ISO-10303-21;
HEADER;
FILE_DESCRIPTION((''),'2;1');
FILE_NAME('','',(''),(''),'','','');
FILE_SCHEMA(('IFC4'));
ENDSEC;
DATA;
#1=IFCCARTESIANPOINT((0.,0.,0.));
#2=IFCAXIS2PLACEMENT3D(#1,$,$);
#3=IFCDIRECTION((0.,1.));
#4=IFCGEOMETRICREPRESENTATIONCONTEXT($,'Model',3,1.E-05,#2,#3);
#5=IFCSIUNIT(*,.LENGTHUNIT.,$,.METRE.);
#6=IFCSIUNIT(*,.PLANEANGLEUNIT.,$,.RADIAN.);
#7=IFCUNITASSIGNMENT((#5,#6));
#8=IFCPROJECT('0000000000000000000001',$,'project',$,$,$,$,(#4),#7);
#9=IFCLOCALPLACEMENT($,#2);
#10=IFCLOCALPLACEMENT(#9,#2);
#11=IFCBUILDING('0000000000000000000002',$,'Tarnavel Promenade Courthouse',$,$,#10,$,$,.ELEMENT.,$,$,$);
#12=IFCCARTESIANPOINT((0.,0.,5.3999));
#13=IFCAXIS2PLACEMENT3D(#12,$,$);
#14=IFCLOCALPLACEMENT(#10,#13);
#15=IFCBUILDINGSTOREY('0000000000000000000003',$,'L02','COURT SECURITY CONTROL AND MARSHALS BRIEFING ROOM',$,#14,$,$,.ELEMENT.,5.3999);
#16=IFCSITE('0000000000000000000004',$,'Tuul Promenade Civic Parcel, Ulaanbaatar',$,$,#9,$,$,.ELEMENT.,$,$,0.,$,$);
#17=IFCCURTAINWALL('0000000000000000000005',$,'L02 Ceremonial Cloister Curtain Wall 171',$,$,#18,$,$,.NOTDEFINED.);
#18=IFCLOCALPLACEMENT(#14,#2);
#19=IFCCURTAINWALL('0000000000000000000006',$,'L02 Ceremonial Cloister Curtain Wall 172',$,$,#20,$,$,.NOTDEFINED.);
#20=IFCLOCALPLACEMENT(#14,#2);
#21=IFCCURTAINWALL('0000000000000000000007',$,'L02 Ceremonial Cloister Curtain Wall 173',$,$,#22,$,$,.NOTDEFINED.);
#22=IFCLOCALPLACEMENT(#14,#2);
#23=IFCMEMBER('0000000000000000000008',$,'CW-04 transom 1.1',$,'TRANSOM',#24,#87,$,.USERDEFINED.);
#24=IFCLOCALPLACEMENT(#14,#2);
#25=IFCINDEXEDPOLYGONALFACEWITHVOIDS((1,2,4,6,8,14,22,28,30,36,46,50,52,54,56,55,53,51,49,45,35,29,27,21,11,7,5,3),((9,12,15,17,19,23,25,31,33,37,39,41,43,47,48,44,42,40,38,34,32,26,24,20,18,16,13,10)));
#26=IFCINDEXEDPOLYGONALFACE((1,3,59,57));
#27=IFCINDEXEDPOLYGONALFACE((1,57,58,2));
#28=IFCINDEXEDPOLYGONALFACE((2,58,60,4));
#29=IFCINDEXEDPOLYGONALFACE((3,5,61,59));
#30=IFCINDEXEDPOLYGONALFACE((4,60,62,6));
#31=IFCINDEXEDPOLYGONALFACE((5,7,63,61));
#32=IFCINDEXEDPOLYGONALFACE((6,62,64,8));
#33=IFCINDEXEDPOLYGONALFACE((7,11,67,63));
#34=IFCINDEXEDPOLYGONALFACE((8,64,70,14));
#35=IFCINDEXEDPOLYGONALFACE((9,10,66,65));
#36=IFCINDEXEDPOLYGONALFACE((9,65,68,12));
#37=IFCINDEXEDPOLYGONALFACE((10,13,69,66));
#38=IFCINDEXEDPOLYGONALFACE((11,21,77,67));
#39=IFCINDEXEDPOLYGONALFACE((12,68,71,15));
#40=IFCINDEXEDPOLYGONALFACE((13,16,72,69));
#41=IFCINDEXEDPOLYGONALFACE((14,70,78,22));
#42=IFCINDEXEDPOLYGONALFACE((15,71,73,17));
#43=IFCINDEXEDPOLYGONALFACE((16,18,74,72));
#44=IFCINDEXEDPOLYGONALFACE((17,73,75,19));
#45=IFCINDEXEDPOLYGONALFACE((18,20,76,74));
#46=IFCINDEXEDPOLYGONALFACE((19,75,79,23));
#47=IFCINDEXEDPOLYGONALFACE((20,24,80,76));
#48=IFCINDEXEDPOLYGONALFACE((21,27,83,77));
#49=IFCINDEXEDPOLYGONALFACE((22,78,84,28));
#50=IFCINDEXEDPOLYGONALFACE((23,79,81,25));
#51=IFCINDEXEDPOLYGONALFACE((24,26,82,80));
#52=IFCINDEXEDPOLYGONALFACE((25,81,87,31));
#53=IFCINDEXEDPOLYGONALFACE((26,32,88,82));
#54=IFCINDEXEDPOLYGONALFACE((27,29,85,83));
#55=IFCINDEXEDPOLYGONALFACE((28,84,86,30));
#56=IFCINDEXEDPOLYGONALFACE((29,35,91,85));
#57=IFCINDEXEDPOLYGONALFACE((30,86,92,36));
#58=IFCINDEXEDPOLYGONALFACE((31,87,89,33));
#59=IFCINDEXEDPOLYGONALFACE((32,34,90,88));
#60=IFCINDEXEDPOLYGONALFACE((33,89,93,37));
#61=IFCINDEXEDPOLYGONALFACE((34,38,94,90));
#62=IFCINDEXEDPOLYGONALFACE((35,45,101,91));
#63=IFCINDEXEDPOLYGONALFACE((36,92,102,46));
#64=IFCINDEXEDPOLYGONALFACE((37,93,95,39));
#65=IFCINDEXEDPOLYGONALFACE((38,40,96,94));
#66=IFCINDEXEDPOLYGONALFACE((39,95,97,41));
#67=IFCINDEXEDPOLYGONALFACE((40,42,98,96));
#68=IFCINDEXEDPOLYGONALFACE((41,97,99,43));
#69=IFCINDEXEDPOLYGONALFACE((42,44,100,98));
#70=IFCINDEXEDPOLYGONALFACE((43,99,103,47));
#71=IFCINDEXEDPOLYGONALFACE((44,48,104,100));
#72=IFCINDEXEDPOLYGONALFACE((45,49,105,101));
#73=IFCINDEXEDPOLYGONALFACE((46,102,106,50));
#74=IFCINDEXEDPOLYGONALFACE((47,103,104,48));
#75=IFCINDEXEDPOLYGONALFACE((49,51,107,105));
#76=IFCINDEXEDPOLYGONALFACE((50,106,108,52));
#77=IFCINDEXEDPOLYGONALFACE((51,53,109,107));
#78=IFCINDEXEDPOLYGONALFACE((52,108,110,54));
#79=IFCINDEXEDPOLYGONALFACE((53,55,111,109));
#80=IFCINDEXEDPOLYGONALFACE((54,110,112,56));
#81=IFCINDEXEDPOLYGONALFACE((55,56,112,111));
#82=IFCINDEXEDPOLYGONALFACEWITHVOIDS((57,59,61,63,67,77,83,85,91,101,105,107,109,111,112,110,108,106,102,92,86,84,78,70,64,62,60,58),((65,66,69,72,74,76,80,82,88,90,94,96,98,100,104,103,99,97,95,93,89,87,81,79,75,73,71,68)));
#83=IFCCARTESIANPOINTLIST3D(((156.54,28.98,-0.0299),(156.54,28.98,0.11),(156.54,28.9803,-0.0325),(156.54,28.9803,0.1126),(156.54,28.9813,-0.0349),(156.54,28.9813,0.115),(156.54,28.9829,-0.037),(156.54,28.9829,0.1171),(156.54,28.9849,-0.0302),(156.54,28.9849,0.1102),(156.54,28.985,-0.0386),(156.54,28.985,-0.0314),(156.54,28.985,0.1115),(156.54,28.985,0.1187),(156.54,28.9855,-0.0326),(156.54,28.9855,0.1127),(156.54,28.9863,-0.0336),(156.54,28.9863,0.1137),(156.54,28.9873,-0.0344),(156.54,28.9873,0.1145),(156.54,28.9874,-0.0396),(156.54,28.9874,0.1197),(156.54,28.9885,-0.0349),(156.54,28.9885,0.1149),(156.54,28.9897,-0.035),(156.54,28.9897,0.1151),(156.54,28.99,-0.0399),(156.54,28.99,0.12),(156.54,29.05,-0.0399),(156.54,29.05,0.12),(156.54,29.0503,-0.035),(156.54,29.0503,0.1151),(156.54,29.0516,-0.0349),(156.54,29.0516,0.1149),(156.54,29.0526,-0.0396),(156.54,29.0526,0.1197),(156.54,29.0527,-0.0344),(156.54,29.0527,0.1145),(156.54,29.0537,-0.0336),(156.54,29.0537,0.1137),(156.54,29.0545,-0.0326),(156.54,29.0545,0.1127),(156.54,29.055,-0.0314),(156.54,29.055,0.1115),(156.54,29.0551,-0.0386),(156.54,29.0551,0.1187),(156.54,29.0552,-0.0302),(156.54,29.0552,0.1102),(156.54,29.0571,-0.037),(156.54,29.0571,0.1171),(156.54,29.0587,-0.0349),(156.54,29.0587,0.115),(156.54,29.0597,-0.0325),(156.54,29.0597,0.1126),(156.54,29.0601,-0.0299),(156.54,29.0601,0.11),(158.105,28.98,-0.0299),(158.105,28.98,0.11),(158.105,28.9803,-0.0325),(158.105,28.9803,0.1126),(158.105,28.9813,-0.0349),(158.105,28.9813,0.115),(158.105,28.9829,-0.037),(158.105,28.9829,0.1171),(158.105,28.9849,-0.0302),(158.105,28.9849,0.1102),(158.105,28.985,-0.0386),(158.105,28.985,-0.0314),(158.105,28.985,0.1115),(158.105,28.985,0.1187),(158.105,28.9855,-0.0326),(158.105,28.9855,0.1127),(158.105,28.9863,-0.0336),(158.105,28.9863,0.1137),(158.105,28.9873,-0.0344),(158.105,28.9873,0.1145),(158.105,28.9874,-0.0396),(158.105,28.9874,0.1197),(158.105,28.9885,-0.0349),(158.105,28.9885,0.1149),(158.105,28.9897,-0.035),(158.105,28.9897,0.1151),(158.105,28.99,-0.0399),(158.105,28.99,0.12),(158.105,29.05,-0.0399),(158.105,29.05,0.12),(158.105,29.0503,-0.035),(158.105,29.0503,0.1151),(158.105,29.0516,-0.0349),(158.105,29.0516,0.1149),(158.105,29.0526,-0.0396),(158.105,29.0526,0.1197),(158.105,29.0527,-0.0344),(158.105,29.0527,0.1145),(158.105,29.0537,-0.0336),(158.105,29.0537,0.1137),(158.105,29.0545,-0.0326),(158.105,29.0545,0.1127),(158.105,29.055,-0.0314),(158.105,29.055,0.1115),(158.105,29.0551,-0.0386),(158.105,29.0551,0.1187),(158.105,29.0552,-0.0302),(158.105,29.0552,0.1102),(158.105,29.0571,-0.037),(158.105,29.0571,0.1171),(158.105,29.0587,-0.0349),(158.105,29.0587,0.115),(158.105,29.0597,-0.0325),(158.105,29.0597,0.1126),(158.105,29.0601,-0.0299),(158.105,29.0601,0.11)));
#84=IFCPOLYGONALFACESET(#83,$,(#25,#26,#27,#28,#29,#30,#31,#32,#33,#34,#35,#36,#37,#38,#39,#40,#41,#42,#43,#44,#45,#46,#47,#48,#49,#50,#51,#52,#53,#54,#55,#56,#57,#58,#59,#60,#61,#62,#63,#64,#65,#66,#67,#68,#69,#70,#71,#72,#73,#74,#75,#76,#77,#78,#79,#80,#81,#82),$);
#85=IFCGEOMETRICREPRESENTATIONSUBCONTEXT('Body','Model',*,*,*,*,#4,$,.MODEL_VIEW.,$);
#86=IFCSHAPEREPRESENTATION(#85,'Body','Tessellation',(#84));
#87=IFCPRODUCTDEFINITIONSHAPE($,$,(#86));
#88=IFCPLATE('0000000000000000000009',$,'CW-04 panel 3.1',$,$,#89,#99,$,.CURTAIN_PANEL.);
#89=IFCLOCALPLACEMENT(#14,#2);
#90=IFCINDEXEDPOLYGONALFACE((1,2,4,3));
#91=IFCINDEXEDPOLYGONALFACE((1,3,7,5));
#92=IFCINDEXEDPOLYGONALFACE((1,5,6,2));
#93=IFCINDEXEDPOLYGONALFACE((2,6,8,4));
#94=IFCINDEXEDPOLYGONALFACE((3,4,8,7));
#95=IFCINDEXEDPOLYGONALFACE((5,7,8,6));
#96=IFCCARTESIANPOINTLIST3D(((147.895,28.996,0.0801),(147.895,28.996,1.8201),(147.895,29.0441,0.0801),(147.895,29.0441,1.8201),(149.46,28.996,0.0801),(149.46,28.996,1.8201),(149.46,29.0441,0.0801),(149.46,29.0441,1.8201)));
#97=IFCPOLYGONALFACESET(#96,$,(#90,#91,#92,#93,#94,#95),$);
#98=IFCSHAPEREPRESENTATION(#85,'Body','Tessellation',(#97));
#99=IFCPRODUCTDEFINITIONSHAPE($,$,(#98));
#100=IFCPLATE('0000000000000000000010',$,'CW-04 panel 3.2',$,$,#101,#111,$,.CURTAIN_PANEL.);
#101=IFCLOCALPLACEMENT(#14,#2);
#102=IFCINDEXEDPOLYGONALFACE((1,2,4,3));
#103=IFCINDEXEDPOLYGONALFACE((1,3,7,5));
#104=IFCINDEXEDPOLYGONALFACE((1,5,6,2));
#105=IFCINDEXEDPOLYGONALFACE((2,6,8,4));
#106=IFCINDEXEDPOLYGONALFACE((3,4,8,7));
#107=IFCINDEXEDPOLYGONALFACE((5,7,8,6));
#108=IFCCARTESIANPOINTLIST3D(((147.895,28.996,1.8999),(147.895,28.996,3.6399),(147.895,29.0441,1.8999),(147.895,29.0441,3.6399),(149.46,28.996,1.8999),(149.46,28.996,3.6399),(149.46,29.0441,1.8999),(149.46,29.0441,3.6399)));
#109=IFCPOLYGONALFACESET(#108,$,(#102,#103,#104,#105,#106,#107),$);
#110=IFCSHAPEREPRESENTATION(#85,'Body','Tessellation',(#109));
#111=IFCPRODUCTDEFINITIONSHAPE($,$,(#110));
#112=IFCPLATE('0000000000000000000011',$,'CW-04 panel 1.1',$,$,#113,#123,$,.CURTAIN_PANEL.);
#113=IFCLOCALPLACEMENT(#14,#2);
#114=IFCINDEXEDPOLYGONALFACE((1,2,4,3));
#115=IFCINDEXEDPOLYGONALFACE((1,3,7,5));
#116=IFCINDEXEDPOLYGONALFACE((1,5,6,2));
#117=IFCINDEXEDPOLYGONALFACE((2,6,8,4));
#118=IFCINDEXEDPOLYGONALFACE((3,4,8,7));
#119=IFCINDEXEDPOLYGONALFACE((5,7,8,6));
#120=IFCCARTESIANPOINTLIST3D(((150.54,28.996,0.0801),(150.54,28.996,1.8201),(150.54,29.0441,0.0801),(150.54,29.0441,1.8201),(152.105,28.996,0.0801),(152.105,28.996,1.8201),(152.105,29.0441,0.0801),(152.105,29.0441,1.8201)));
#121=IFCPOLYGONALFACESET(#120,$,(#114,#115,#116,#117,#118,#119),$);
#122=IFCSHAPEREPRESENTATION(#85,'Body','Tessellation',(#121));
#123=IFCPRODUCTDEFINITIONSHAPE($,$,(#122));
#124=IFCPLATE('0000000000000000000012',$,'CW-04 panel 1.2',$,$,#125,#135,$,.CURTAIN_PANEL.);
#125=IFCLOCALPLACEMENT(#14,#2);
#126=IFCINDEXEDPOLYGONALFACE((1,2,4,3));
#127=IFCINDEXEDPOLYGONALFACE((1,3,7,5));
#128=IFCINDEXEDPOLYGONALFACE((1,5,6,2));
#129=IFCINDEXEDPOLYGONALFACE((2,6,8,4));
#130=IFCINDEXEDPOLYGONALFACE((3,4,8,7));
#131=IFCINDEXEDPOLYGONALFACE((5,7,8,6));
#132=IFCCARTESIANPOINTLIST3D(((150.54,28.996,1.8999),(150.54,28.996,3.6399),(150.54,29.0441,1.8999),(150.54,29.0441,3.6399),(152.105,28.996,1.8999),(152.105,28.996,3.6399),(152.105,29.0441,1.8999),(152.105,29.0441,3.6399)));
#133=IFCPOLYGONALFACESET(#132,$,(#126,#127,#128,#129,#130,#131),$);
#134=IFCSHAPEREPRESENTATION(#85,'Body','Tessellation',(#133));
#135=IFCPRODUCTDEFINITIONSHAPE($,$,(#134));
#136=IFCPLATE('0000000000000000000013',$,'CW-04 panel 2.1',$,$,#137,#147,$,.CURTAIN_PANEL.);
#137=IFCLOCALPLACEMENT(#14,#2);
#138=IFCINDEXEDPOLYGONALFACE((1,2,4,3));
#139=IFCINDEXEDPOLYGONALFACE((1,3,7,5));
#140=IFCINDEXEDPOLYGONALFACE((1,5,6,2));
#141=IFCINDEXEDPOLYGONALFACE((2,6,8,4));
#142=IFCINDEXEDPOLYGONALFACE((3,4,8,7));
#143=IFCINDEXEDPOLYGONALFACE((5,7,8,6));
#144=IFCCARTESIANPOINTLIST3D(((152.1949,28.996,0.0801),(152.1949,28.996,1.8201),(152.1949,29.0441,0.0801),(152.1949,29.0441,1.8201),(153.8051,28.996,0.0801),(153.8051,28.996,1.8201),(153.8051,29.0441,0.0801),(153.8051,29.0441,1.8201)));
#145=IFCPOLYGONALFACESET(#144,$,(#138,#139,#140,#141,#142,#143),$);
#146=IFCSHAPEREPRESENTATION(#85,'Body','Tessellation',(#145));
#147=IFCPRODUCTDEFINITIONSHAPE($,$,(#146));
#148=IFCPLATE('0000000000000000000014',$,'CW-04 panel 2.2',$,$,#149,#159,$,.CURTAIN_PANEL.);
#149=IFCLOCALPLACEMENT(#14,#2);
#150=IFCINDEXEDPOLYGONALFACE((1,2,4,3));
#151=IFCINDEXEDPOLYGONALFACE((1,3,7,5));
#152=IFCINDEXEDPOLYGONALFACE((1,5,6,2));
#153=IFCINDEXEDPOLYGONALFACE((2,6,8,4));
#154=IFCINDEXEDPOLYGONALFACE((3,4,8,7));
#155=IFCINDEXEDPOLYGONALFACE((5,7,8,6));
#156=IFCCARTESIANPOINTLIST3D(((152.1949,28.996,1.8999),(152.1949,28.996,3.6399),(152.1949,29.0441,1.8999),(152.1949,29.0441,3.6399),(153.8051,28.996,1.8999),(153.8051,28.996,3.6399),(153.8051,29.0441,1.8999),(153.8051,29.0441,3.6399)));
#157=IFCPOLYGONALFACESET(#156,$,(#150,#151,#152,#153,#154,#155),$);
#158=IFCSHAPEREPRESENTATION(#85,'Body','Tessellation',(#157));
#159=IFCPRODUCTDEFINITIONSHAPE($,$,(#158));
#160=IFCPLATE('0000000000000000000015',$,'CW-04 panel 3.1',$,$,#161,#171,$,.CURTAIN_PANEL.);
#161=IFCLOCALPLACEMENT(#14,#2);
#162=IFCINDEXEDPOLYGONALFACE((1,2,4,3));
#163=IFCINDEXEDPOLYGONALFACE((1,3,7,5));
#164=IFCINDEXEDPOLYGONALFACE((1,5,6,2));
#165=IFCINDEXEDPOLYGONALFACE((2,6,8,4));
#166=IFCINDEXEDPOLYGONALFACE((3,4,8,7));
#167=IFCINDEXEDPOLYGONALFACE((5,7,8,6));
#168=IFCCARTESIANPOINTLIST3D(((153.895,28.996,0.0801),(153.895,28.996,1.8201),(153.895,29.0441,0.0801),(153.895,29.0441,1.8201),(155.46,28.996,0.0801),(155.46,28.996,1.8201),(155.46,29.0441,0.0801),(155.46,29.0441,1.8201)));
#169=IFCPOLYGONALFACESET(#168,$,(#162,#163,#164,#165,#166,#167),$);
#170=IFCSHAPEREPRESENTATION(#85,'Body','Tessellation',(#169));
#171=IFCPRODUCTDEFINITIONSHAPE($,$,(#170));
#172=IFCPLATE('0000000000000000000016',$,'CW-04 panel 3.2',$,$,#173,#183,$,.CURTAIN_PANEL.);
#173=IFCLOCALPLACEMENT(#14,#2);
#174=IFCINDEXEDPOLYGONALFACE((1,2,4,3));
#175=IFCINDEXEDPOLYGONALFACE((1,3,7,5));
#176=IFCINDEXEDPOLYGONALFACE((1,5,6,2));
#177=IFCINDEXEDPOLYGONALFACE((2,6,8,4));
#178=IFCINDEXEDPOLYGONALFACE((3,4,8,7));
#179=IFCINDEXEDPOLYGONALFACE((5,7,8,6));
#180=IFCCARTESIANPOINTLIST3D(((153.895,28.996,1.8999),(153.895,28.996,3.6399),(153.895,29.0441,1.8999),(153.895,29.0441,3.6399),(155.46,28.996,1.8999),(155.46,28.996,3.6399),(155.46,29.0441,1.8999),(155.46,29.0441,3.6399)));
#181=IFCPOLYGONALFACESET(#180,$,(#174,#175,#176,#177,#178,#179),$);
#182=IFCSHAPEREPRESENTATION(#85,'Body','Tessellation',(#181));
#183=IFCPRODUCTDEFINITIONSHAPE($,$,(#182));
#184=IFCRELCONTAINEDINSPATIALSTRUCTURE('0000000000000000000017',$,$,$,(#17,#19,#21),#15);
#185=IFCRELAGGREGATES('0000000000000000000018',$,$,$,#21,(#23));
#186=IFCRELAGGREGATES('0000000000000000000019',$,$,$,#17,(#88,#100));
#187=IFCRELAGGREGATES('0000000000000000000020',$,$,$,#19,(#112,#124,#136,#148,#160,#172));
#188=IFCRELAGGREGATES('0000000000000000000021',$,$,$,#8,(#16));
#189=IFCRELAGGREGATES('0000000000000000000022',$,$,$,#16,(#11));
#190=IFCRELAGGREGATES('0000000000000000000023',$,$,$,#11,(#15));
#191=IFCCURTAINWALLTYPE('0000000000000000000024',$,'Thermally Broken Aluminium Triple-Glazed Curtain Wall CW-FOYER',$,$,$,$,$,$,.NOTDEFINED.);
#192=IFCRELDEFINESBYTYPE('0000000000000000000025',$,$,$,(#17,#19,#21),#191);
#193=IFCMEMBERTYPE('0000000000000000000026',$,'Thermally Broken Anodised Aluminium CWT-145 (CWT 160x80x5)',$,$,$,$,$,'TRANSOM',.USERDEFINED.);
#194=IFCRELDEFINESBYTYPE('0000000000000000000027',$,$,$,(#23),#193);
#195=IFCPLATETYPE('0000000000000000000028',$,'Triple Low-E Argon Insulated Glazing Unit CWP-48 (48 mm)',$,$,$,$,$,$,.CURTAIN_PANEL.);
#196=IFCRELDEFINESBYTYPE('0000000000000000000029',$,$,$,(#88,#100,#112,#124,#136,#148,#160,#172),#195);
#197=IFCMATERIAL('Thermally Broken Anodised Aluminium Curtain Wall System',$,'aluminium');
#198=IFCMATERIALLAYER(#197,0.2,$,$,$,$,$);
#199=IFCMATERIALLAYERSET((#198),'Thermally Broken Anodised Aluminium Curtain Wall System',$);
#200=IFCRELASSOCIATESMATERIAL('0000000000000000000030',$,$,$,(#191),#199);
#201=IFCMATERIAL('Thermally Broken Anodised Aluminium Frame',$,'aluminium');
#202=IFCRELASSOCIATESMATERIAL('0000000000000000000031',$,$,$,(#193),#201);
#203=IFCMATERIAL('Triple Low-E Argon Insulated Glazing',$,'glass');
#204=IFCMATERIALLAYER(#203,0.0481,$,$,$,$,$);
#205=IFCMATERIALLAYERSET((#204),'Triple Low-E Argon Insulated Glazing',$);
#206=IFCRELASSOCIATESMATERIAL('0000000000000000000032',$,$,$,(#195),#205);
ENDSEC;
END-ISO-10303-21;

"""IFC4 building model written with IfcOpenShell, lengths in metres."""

from ifc_helpers import new_model, si_unit, direction, frame, origin, origin_2d, place, context, subcontext, project, spatial, rectangle, hollow_rectangle, extrude, material, layer, layer_set, material_profile, profile_set, type_object, element, aggregate, save


model = new_model("IFC4")

# Units and contexts
model_context = context("Model", 3, precision=1e-05, world=origin(), true_north=direction((0.0, 1.0)))
body_context = subcontext(model_context, "Body", "Model", "MODEL_VIEW")
ifc_project = project(units=[si_unit("LENGTHUNIT", "METRE"), si_unit("PLANEANGLEUNIT", "RADIAN")], contexts=[model_context])

# Site, building, storey
site_placement = place(None, origin())
site = spatial("IfcSite", under=ifc_project, at=site_placement, Name="Tuul Promenade Civic Parcel, Ulaanbaatar", CompositionType="ELEMENT", RefElevation=0.0)
building_placement = place(site_placement, origin())
building = spatial("IfcBuilding", under=site, at=building_placement, Name="Tarnavel Promenade Courthouse", CompositionType="ELEMENT")
storey_placement = place(building_placement, frame((0.0, 0.0, 5.3999)))
storey = spatial("IfcBuildingStorey", under=building, at=storey_placement, Name="L02", Description="COURT SECURITY CONTROL AND MARSHALS BRIEFING ROOM", CompositionType="ELEMENT", Elevation=5.3999)

# Curtain walls
ifc_material_1 = material(Name="Thermally Broken Anodised Aluminium Curtain Wall System", Category="aluminium")
ifc_layer_1 = layer(ifc_material_1, 0.2)
ifc_layer_set_1 = layer_set([ifc_layer_1], Name="Thermally Broken Anodised Aluminium Curtain Wall System")
curtain_wall_type = type_object("IfcCurtainWallType", Name="Thermally Broken Aluminium Triple-Glazed Curtain Wall CW-FOYER", PredefinedType="NOTDEFINED", material=ifc_layer_set_1)
curtain_wall_1_placement = place(storey_placement, origin())
curtain_wall_1 = element("IfcCurtainWall", 1, at=curtain_wall_1_placement, inside=storey, type_object=curtain_wall_type, Name="L02 Ceremonial Cloister Curtain Wall 171", PredefinedType="NOTDEFINED")
ifc_material_2 = material(Name="Thermally Broken Anodised Aluminium Frame", Category="aluminium")
curtain_wall_2_placement = place(storey_placement, origin())
curtain_wall_2 = element("IfcCurtainWall", 2, at=curtain_wall_2_placement, inside=storey, type_object=curtain_wall_type, Name="L02 Ceremonial Cloister Curtain Wall 172", PredefinedType="NOTDEFINED")

# Curtain wall
curtain_wall_3_placement = place(storey_placement, origin())
curtain_wall_3 = element("IfcCurtainWall", 3, at=curtain_wall_3_placement, inside=storey, type_object=curtain_wall_type, Name="L02 Ceremonial Cloister Curtain Wall 173", PredefinedType="NOTDEFINED")

# Member
ifc_material_profile_1 = material_profile(ifc_material_2, hollow_rectangle(XDim=0.0801, YDim=0.1599, WallThickness=0.0049, InnerFilletRadius=0.0049, OuterFilletRadius=0.01, at=origin_2d()), Name="CWT 160x80x5")
ifc_profile_set_1 = profile_set([ifc_material_profile_1], Name="Thermally Broken Anodised Aluminium Frame")
member_type_1 = type_object("IfcMemberType", Name="Thermally Broken Anodised Aluminium CWT-145 (CWT 160x80x5)", ElementType="TRANSOM", PredefinedType="USERDEFINED", material=ifc_profile_set_1)
member_1_placement = place(storey_placement, frame((156.54, 29.02, 0.04), z_axis=(1.0, 0.0, 0.0), x_axis=(0.0, 1.0, 0.0)))
member_1 = element("IfcMember", 4, at=member_1_placement, type_object=member_type_1, Name="CW-04 transom 1.1", ObjectType="TRANSOM", PredefinedType="USERDEFINED", context=body_context, shape_type="SweptSolid", body=[
    extrude(hollow_rectangle(XDim=0.0801, YDim=0.1599, WallThickness=0.0049, InnerFilletRadius=0.0049, OuterFilletRadius=0.01, at=origin_2d()), origin(), (0.0, 0.0, 1.0), 1.5649),
])
aggregate(curtain_wall_3, [member_1])

# Plates
ifc_material_3 = material(Name="Triple Low-E Argon Insulated Glazing", Category="glass")
ifc_layer_2 = layer(ifc_material_3, 0.0481)
ifc_layer_set_2 = layer_set([ifc_layer_2], Name="Triple Low-E Argon Insulated Glazing")
plate_type = type_object("IfcPlateType", Name="Triple Low-E Argon Insulated Glazing Unit CWP-48 (48 mm)", PredefinedType="CURTAIN_PANEL", material=ifc_layer_set_2)
plate_1_placement = place(storey_placement, frame((148.6775, 29.02, 0.0801), z_axis=(0.0, 0.0, 1.0), x_axis=(1.0, 0.0, 0.0)))
plate_1 = element("IfcPlate", 5, at=plate_1_placement, type_object=plate_type, Name="CW-04 panel 3.1", PredefinedType="CURTAIN_PANEL", context=body_context, shape_type="SweptSolid", body=[
    extrude(rectangle(XDim=1.5649, YDim=0.0481, at=origin_2d()), origin(), (0.0, 0.0, 1.0), 1.74),
])
plate_2_placement = place(storey_placement, frame((148.6775, 29.02, 1.8999), z_axis=(0.0, 0.0, 1.0), x_axis=(1.0, 0.0, 0.0)))
plate_2 = element("IfcPlate", 6, at=plate_2_placement, type_object=plate_type, Name="CW-04 panel 3.2", PredefinedType="CURTAIN_PANEL", context=body_context, shape_type="SweptSolid", body=[
    extrude(rectangle(XDim=1.5649, YDim=0.0481, at=origin_2d()), origin(), (0.0, 0.0, 1.0), 1.74),
])
aggregate(curtain_wall_1, [plate_1, plate_2])
plate_3_placement = place(storey_placement, frame((151.3225, 29.02, 0.0801), z_axis=(0.0, 0.0, 1.0), x_axis=(1.0, 0.0, 0.0)))
plate_3 = element("IfcPlate", 7, at=plate_3_placement, type_object=plate_type, Name="CW-04 panel 1.1", PredefinedType="CURTAIN_PANEL", context=body_context, shape_type="SweptSolid", body=[
    extrude(rectangle(XDim=1.5649, YDim=0.0481, at=origin_2d()), origin(), (0.0, 0.0, 1.0), 1.74),
])
plate_4_placement = place(storey_placement, frame((151.3225, 29.02, 1.8999), z_axis=(0.0, 0.0, 1.0), x_axis=(1.0, 0.0, 0.0)))
plate_4 = element("IfcPlate", 8, at=plate_4_placement, type_object=plate_type, Name="CW-04 panel 1.2", PredefinedType="CURTAIN_PANEL", context=body_context, shape_type="SweptSolid", body=[
    extrude(rectangle(XDim=1.5649, YDim=0.0481, at=origin_2d()), origin(), (0.0, 0.0, 1.0), 1.74),
])
plate_5_placement = place(storey_placement, frame((153.0, 29.02, 0.0801), z_axis=(0.0, 0.0, 1.0), x_axis=(1.0, 0.0, 0.0)))
plate_5 = element("IfcPlate", 9, at=plate_5_placement, type_object=plate_type, Name="CW-04 panel 2.1", PredefinedType="CURTAIN_PANEL", context=body_context, shape_type="SweptSolid", body=[
    extrude(rectangle(XDim=1.6101, YDim=0.0481, at=origin_2d()), origin(), (0.0, 0.0, 1.0), 1.74),
])
plate_6_placement = place(storey_placement, frame((153.0, 29.02, 1.8999), z_axis=(0.0, 0.0, 1.0), x_axis=(1.0, 0.0, 0.0)))
plate_6 = element("IfcPlate", 10, at=plate_6_placement, type_object=plate_type, Name="CW-04 panel 2.2", PredefinedType="CURTAIN_PANEL", context=body_context, shape_type="SweptSolid", body=[
    extrude(rectangle(XDim=1.6101, YDim=0.0481, at=origin_2d()), origin(), (0.0, 0.0, 1.0), 1.74),
])
plate_7_placement = place(storey_placement, frame((154.6775, 29.02, 0.0801), z_axis=(0.0, 0.0, 1.0), x_axis=(1.0, 0.0, 0.0)))
plate_7 = element("IfcPlate", 11, at=plate_7_placement, type_object=plate_type, Name="CW-04 panel 3.1", PredefinedType="CURTAIN_PANEL", context=body_context, shape_type="SweptSolid", body=[
    extrude(rectangle(XDim=1.5649, YDim=0.0481, at=origin_2d()), origin(), (0.0, 0.0, 1.0), 1.74),
])
plate_8_placement = place(storey_placement, frame((154.6775, 29.02, 1.8999), z_axis=(0.0, 0.0, 1.0), x_axis=(1.0, 0.0, 0.0)))
plate_8 = element("IfcPlate", 12, at=plate_8_placement, type_object=plate_type, Name="CW-04 panel 3.2", PredefinedType="CURTAIN_PANEL", context=body_context, shape_type="SweptSolid", body=[
    extrude(rectangle(XDim=1.5649, YDim=0.0481, at=origin_2d()), origin(), (0.0, 0.0, 1.0), 1.74),
])
aggregate(curtain_wall_2, [plate_3, plate_4, plate_5, plate_6, plate_7, plate_8])

save(model, "model.ifc")
